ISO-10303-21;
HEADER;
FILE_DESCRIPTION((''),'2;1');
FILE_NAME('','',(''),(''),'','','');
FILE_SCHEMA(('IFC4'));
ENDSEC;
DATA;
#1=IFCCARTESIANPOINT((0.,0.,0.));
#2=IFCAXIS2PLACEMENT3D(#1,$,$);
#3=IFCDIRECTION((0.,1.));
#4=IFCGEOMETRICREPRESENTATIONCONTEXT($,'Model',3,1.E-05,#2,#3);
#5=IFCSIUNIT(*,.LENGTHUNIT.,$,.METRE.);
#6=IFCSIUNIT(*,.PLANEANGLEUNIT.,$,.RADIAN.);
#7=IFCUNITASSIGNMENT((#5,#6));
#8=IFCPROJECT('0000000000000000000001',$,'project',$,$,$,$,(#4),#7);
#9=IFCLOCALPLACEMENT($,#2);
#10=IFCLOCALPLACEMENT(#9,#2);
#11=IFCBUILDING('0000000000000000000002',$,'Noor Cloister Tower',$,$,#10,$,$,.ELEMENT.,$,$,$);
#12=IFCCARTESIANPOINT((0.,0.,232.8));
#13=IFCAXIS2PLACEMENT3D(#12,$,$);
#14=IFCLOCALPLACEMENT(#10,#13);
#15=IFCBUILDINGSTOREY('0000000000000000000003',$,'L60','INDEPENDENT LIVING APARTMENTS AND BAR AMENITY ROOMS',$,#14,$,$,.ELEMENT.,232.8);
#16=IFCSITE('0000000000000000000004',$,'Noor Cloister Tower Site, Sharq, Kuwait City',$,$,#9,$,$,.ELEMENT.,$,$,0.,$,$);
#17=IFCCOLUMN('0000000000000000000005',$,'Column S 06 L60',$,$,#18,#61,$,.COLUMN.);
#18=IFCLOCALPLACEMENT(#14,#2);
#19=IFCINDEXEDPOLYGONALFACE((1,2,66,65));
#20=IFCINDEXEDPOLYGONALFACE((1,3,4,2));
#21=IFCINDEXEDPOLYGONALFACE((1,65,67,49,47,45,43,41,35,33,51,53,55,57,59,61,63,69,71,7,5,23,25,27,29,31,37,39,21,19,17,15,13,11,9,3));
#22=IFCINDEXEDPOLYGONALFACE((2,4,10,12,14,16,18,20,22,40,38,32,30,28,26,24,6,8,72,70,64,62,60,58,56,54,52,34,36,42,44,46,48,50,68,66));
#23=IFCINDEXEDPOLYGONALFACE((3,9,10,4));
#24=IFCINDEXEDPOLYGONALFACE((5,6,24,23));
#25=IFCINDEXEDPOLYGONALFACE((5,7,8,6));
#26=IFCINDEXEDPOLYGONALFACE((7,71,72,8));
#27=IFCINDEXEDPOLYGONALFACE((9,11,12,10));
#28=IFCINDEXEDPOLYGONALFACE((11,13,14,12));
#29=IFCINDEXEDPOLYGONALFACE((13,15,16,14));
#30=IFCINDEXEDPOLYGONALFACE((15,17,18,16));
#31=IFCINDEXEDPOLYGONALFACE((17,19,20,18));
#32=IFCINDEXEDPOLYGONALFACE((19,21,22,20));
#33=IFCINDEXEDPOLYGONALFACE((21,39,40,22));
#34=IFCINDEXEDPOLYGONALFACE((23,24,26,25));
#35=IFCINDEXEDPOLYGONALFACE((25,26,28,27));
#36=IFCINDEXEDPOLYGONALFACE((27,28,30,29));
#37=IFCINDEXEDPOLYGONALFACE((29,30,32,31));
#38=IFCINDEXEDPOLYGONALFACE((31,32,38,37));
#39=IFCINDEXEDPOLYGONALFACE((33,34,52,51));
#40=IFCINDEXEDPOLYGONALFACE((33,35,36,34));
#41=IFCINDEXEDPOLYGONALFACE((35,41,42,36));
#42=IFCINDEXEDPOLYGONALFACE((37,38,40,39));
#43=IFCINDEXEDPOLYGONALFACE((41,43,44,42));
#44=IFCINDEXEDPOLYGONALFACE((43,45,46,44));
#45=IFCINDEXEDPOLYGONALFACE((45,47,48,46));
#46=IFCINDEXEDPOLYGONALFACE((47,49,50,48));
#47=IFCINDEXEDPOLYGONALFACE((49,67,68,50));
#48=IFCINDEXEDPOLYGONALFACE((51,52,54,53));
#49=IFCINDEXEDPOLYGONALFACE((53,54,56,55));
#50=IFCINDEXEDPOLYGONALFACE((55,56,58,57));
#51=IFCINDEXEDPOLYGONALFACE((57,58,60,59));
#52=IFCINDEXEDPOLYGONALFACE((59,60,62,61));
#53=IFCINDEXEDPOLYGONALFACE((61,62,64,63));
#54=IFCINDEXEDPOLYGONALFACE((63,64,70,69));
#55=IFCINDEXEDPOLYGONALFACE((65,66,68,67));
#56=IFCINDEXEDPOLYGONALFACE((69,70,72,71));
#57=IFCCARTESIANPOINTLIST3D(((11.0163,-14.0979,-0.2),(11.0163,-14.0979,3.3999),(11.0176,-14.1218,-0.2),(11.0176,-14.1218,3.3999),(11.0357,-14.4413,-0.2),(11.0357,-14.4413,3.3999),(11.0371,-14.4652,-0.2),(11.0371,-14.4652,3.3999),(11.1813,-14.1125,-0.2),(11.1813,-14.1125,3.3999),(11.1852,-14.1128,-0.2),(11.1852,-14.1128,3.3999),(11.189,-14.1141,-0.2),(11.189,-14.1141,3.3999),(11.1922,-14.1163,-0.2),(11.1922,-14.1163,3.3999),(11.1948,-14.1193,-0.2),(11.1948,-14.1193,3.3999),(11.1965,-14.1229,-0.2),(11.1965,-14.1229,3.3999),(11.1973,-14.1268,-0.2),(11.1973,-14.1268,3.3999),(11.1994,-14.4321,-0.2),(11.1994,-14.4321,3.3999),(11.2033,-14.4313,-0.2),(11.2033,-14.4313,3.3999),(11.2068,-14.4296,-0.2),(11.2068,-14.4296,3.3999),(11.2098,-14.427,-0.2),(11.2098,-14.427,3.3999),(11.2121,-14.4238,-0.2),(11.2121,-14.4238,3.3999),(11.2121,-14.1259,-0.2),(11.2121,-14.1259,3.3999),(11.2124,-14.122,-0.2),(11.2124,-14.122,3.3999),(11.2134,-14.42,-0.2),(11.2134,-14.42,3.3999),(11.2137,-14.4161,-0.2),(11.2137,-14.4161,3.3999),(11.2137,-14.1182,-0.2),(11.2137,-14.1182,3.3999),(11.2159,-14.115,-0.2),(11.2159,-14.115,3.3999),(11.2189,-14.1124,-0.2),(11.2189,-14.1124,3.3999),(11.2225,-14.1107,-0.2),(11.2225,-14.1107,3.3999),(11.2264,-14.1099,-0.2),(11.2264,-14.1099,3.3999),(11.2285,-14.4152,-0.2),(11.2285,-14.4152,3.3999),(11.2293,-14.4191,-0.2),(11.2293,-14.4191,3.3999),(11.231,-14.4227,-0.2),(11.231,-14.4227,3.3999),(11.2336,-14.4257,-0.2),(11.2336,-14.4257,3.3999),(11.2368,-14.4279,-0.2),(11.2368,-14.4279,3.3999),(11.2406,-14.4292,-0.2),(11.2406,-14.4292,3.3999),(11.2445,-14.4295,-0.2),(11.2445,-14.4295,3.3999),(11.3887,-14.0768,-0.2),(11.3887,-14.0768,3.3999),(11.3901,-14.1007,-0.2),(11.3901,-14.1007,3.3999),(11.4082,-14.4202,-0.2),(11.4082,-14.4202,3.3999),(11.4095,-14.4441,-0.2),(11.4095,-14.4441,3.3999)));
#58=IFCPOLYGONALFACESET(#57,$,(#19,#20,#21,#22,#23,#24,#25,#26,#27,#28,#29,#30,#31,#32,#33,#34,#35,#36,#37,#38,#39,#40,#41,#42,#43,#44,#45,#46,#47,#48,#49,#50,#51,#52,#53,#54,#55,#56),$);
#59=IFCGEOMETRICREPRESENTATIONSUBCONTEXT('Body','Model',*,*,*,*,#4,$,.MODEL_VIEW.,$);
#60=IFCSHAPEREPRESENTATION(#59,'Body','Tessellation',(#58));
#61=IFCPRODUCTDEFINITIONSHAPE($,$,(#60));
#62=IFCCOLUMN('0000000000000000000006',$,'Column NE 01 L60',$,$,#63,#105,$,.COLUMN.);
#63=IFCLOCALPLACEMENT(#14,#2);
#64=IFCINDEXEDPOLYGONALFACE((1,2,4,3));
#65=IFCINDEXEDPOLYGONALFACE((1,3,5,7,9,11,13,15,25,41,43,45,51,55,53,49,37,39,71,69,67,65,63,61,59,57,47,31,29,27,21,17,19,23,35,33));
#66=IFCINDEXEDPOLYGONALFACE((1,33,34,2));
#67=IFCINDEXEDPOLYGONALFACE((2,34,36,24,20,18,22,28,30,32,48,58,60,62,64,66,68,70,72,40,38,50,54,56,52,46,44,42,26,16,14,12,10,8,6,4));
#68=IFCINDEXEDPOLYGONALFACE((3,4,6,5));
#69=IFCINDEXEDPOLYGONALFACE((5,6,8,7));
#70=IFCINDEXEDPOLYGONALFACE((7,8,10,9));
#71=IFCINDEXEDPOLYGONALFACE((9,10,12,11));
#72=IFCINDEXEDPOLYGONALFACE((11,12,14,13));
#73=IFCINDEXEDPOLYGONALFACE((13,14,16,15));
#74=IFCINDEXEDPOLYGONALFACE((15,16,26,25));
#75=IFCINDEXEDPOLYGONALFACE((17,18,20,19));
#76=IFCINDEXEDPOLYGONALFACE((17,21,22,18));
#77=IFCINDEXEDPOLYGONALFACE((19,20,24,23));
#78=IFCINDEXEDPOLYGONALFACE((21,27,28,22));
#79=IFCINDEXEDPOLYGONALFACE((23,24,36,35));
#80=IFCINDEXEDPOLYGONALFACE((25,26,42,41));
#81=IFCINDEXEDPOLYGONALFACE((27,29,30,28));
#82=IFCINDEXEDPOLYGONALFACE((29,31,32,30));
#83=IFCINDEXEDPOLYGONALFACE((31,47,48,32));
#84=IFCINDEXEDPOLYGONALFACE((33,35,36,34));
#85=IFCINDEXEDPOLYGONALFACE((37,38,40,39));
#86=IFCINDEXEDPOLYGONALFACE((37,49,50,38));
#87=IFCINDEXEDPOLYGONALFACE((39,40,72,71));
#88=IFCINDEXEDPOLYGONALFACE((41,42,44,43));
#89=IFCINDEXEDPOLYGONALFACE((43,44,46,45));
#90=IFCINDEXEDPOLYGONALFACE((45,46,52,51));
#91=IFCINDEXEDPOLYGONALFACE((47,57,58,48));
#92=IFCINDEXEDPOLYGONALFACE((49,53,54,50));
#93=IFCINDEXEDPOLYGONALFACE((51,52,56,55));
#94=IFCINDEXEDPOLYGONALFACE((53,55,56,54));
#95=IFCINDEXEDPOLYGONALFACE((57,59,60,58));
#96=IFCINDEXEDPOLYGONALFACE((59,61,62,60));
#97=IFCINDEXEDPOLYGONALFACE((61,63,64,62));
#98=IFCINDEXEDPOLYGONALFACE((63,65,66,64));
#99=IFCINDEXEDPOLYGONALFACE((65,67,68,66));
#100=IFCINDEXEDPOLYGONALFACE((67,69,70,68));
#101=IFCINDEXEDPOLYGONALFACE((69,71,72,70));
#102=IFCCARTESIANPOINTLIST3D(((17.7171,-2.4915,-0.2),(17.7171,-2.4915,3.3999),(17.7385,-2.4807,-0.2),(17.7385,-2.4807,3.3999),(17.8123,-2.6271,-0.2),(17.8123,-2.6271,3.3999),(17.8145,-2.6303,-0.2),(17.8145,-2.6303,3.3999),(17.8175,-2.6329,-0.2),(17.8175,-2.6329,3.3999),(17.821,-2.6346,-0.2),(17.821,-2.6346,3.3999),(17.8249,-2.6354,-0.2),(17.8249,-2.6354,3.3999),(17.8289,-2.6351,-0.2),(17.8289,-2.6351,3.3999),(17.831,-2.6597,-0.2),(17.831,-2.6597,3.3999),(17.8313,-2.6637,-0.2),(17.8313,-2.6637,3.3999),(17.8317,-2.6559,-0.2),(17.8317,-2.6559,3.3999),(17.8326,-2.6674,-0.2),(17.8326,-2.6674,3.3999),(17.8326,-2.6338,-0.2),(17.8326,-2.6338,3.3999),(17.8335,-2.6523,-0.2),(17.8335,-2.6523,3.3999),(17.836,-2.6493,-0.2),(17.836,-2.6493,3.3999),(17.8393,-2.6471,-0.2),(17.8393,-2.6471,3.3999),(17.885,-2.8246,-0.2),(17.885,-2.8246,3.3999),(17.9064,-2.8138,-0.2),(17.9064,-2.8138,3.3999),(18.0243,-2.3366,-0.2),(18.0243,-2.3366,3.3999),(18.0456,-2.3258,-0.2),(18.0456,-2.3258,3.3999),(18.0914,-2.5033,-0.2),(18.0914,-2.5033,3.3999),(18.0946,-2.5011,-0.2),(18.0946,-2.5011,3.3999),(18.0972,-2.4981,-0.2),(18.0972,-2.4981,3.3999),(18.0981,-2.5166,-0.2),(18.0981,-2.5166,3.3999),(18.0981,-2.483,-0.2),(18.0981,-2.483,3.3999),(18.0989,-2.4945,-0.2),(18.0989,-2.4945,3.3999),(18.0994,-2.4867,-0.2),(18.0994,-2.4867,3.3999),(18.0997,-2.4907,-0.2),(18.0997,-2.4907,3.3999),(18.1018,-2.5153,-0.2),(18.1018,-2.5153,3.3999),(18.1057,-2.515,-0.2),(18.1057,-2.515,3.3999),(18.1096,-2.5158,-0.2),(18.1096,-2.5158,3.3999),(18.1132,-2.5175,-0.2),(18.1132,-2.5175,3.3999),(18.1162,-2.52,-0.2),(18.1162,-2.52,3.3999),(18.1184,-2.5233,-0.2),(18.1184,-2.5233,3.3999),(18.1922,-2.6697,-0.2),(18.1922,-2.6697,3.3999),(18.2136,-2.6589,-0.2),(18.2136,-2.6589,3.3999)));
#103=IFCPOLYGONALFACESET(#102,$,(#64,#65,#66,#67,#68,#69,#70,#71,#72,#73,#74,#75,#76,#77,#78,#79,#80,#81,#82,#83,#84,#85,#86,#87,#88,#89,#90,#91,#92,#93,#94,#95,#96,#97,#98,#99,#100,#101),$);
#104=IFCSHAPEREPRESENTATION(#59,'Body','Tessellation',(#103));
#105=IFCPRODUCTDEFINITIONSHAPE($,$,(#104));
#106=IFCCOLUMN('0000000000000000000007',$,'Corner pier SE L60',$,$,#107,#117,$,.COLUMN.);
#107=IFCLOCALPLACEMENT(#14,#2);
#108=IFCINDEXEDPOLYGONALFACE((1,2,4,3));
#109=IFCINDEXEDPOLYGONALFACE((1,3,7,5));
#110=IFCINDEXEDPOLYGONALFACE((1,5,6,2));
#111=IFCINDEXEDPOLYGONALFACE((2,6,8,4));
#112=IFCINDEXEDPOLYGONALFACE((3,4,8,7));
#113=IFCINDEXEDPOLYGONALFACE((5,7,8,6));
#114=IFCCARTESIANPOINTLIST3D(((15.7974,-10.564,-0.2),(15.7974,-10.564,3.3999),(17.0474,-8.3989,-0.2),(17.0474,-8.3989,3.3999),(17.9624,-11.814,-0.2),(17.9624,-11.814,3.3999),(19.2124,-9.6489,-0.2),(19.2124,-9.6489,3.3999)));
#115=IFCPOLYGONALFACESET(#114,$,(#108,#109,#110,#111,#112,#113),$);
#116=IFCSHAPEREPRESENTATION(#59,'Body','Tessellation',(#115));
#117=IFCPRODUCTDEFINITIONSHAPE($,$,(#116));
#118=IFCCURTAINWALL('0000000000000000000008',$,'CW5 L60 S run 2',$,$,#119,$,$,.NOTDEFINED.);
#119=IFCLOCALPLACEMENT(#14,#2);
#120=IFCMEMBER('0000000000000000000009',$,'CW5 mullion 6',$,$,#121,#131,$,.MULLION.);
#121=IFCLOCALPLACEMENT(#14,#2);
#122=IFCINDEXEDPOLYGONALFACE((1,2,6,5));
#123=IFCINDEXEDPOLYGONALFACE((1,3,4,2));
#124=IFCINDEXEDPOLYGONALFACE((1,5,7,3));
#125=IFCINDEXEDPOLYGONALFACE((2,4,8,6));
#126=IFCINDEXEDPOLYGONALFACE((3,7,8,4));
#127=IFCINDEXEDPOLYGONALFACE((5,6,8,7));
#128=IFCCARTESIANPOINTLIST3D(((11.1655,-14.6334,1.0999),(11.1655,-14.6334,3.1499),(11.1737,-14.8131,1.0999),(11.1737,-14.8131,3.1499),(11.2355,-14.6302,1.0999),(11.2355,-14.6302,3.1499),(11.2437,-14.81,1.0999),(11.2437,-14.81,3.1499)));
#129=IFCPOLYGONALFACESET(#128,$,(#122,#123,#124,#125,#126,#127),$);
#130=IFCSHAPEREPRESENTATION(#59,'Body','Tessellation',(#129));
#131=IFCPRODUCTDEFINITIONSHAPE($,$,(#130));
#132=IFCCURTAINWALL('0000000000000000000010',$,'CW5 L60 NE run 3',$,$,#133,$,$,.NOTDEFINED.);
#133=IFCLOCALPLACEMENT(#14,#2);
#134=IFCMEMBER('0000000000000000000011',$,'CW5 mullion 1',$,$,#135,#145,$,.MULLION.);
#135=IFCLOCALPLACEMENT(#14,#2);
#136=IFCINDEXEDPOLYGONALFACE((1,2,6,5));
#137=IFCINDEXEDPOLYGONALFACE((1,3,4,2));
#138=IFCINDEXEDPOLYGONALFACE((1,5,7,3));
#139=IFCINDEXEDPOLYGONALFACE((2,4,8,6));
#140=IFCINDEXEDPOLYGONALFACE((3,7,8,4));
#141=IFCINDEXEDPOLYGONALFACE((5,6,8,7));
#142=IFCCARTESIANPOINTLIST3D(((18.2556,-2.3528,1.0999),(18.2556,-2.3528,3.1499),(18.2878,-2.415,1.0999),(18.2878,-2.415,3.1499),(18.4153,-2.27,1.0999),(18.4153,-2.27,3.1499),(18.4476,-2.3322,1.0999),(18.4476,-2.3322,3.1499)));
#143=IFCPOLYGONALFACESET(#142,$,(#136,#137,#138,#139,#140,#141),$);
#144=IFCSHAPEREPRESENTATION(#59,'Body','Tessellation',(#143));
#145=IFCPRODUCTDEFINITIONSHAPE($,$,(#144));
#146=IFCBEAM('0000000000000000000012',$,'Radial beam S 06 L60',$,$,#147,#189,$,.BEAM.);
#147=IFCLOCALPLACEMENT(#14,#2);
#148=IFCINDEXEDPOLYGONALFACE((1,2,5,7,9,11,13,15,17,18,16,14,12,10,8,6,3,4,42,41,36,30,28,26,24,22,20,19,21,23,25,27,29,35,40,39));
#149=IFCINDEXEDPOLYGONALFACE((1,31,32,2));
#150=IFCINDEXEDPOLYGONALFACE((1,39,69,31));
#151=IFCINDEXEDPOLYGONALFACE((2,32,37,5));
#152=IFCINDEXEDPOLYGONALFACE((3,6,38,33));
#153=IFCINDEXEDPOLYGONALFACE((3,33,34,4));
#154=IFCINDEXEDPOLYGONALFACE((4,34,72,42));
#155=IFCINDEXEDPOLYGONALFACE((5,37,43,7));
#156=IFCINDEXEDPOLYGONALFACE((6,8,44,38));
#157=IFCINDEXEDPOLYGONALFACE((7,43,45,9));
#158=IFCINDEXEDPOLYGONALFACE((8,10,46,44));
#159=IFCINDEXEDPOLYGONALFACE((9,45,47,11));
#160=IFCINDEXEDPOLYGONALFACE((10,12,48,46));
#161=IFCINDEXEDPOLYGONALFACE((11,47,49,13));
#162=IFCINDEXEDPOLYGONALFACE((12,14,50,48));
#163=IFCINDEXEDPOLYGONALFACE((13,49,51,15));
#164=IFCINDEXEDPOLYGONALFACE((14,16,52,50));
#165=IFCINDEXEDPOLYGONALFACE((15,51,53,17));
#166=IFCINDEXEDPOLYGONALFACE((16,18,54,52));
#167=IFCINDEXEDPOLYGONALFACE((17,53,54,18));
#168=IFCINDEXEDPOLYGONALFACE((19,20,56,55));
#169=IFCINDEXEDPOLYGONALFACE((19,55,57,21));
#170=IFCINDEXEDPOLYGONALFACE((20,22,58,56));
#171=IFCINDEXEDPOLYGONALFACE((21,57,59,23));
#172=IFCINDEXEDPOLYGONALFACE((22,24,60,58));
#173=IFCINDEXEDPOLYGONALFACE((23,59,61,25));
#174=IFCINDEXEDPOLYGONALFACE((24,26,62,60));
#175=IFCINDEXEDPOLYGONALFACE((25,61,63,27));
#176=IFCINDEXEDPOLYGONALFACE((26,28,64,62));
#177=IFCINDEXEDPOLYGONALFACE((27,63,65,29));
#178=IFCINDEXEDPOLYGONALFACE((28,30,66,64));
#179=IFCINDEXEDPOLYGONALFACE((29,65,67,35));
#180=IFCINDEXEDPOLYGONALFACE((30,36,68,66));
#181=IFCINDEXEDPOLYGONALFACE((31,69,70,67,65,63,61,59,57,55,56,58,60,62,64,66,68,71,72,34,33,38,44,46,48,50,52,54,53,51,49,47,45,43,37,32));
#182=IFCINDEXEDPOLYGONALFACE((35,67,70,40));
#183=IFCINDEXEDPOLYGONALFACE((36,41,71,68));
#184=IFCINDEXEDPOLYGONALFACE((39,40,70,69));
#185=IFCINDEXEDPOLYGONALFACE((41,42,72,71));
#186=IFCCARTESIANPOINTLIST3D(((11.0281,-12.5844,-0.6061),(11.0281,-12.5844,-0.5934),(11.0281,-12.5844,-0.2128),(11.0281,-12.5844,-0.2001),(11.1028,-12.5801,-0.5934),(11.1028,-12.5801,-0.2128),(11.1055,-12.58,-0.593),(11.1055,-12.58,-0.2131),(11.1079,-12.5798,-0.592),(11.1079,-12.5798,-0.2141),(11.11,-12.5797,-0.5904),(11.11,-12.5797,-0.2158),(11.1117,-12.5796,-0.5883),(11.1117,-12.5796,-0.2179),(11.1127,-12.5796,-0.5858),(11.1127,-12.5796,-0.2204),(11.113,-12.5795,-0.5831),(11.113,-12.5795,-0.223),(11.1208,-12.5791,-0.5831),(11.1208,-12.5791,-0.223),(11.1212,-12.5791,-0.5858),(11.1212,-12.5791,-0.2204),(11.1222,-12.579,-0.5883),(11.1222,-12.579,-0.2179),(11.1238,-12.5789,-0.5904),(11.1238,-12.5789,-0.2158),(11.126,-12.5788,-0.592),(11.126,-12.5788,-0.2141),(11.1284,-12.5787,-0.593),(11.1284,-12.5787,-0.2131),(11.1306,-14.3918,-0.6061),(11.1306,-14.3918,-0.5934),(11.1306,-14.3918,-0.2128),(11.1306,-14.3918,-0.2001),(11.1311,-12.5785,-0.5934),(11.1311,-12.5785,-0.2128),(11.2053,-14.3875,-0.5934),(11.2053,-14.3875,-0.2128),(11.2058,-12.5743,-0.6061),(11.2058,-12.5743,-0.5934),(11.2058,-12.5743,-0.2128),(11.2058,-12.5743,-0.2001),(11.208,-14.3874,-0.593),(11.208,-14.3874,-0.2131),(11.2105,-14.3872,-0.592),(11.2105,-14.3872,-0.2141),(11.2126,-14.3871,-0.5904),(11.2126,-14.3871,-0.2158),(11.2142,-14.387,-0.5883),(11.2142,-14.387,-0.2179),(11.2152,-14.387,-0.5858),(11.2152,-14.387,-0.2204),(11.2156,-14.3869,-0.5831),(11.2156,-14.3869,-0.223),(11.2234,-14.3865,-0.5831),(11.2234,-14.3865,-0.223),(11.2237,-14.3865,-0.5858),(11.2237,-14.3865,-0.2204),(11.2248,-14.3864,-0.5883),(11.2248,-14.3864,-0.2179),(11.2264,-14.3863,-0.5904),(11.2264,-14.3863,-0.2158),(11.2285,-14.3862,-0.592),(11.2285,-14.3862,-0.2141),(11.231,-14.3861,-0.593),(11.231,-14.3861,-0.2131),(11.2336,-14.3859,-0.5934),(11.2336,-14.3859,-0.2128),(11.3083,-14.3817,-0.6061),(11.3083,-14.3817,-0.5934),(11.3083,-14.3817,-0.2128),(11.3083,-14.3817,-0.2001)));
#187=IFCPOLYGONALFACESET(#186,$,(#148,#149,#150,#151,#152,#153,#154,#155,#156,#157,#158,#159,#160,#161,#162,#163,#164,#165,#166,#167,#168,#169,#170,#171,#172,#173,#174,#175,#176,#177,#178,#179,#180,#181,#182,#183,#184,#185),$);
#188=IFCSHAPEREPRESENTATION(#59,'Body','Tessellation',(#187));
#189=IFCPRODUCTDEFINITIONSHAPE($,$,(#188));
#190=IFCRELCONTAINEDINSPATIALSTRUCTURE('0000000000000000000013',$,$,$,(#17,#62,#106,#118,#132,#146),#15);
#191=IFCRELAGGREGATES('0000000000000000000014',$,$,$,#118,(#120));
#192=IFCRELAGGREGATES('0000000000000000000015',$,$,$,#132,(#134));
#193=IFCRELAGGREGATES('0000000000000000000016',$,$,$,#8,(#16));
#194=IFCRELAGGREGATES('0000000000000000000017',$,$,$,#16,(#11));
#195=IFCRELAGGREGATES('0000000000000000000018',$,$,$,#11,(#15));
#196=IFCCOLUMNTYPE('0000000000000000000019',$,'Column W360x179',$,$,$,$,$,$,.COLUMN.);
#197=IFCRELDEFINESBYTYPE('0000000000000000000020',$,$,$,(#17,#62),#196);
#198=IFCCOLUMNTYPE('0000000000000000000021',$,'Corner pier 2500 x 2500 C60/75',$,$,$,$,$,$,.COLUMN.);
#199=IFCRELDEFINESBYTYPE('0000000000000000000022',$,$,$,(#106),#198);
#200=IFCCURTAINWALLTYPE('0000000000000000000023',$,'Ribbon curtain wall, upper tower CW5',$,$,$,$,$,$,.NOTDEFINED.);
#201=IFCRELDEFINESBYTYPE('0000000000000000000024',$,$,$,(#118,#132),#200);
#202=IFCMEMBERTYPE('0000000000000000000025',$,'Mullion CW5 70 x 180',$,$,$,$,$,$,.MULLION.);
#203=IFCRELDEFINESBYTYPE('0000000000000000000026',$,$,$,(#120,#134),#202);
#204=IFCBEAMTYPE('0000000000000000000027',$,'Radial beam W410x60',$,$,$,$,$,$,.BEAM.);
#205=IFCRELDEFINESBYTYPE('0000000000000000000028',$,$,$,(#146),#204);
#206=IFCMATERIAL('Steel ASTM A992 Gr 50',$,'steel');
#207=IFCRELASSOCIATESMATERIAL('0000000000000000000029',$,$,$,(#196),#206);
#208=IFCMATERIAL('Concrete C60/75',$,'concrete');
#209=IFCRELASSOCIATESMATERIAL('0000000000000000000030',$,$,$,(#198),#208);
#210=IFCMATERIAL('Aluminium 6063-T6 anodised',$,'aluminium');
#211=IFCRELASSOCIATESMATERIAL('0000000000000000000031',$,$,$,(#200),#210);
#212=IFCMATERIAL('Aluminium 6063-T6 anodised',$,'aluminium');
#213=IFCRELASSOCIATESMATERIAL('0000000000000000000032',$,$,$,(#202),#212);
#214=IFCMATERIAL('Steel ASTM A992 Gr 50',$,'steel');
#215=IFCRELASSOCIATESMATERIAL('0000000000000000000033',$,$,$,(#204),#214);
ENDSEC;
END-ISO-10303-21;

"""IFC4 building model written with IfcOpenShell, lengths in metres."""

from ifc_helpers import new_model, si_unit, direction, frame, origin, origin_2d, place, context, subcontext, project, spatial, rectangle, i_section, extrude, material, material_profile, profile_set, type_object, element, aggregate, save


model = new_model("IFC4")

# Units and contexts
model_context = context("Model", 3, precision=1e-05, world=origin(), true_north=direction((0.0, 1.0)))
body_context = subcontext(model_context, "Body", "Model", "MODEL_VIEW")
ifc_project = project(units=[si_unit("LENGTHUNIT", "METRE"), si_unit("PLANEANGLEUNIT", "RADIAN")], contexts=[model_context])

# Site, building, storey
site_placement = place(None, origin())
site = spatial("IfcSite", under=ifc_project, at=site_placement, Name="Noor Cloister Tower Site, Sharq, Kuwait City", CompositionType="ELEMENT", RefElevation=0.0)
building_placement = place(site_placement, origin())
building = spatial("IfcBuilding", under=site, at=building_placement, Name="Noor Cloister Tower", CompositionType="ELEMENT")
storey_placement = place(building_placement, frame((0.0, 0.0, 232.8)))
storey = spatial("IfcBuildingStorey", under=building, at=storey_placement, Name="L60", Description="INDEPENDENT LIVING APARTMENTS AND BAR AMENITY ROOMS", CompositionType="ELEMENT", Elevation=232.8)

# Columns
ifc_material_1 = material(Name="Steel ASTM A992 Gr 50", Category="steel")
ifc_material_profile_1 = material_profile(ifc_material_1, i_section(OverallWidth=0.373, OverallDepth=0.3679, WebThickness=0.0149, FlangeThickness=0.0239, FilletRadius=0.0151, at=origin_2d()), Name="W360x179")
ifc_profile_set_1 = profile_set([ifc_material_profile_1], Name="Steel ASTM A992 Gr 50")
column_type_1 = type_object("IfcColumnType", Name="Column W360x179", PredefinedType="COLUMN", material=ifc_profile_set_1)
for number, where, z_axis, x_axis, name in (
    (1, (11.2129, -14.271, -0.2), (0.0, 0.0, 1.0), (0.998397, 0.056596, 0.0), "Column S 06 L60"),
    (2, (17.9653, -2.5752, -0.2), (0.0, 0.0, 1.0), (-0.450185, 0.892935, 0.0), "Column NE 01 L60"),
):
    element("IfcColumn", number, at=place(storey_placement, frame(where, z_axis=z_axis, x_axis=x_axis)), inside=storey, type_object=column_type_1, Name=name, PredefinedType="COLUMN", context=body_context, shape_type="SweptSolid", body=[
        extrude(i_section(OverallWidth=0.373, OverallDepth=0.3679, WebThickness=0.0149, FlangeThickness=0.0239, FilletRadius=0.0151, at=origin_2d()), origin(), (0.0, 0.0, 1.0), 3.5999),
    ])
ifc_material_2 = material(Name="Concrete C60/75", Category="concrete")
ifc_material_profile_2 = material_profile(ifc_material_2, rectangle(XDim=2.5, YDim=2.5, at=origin_2d()), Name="RC 2500x2500")
ifc_profile_set_2 = profile_set([ifc_material_profile_2], Name="Concrete C60/75")
column_type_2 = type_object("IfcColumnType", Name="Corner pier 2500 x 2500 C60/75", PredefinedType="COLUMN", material=ifc_profile_set_2)
column_placement = place(storey_placement, frame((17.5049, -10.1064, -0.2), z_axis=(0.0, 0.0, 1.0), x_axis=(0.866025, -0.5, 0.0)))
element("IfcColumn", 3, at=column_placement, inside=storey, type_object=column_type_2, Name="Corner pier SE L60", PredefinedType="COLUMN", context=body_context, shape_type="SweptSolid", body=[
    extrude(rectangle(XDim=2.5, YDim=2.5, at=origin_2d()), origin(), (0.0, 0.0, 1.0), 3.5999),
])

# Curtain walls, members
ifc_material_3 = material(Name="Aluminium 6063-T6 anodised", Category="aluminium")
curtain_wall_type = type_object("IfcCurtainWallType", Name="Ribbon curtain wall, upper tower CW5", PredefinedType="NOTDEFINED", material=ifc_material_3)
curtain_wall_1_placement = place(storey_placement, origin())
curtain_wall_1 = element("IfcCurtainWall", 4, at=curtain_wall_1_placement, inside=storey, type_object=curtain_wall_type, Name="CW5 L60 S run 2", PredefinedType="NOTDEFINED")
ifc_material_4 = material(Name="Aluminium 6063-T6 anodised", Category="aluminium")
ifc_material_profile_3 = material_profile(ifc_material_4, rectangle(XDim=0.1799, YDim=0.0701, at=origin_2d()), Name="180 x 70 mullion")
ifc_profile_set_3 = profile_set([ifc_material_profile_3], Name="Aluminium 6063-T6 anodised")
member_type = type_object("IfcMemberType", Name="Mullion CW5 70 x 180", PredefinedType="MULLION", material=ifc_profile_set_3)
member_1_placement = place(storey_placement, frame((11.2046, -14.7217, 1.0999), z_axis=(0.0, 0.0, 1.0), x_axis=(-0.045286, 0.998974, 0.0)))
member_1 = element("IfcMember", 5, at=member_1_placement, type_object=member_type, Name="CW5 mullion 6", PredefinedType="MULLION", context=body_context, shape_type="SweptSolid", body=[
    extrude(rectangle(XDim=0.1799, YDim=0.0701, at=origin_2d()), origin(), (0.0, 0.0, 1.0), 2.05),
])
curtain_wall_2_placement = place(storey_placement, origin())
curtain_wall_2 = element("IfcCurtainWall", 6, at=curtain_wall_2_placement, inside=storey, type_object=curtain_wall_type, Name="CW5 L60 NE run 3", PredefinedType="NOTDEFINED")
member_2_placement = place(storey_placement, frame((18.3516, -2.3425, 1.0999), z_axis=(0.0, 0.0, 1.0), x_axis=(-0.88778, -0.460269, 0.0)))
member_2 = element("IfcMember", 7, at=member_2_placement, type_object=member_type, Name="CW5 mullion 1", PredefinedType="MULLION", context=body_context, shape_type="SweptSolid", body=[
    extrude(rectangle(XDim=0.1799, YDim=0.0701, at=origin_2d()), origin(), (0.0, 0.0, 1.0), 2.05),
])

# Beam
ifc_material_5 = material(Name="Steel ASTM A992 Gr 50", Category="steel")
ifc_material_profile_4 = material_profile(ifc_material_5, i_section(OverallWidth=0.178, OverallDepth=0.406, WebThickness=0.0078, FlangeThickness=0.0127, FilletRadius=0.0103, at=origin_2d()), Name="W410x60")
ifc_profile_set_4 = profile_set([ifc_material_profile_4], Name="Steel ASTM A992 Gr 50")
beam_type_1 = type_object("IfcBeamType", Name="Radial beam W410x60", PredefinedType="BEAM", material=ifc_profile_set_4)
beam_1_placement = place(storey_placement, frame((11.2195, -14.3867, -0.4031), z_axis=(-0.056643, 0.998395, 0.0), x_axis=(-0.998395, -0.056643, 0.0)))
element("IfcBeam", 8, at=beam_1_placement, inside=storey, type_object=beam_type_1, Name="Radial beam S 06 L60", PredefinedType="BEAM", context=body_context, shape_type="SweptSolid", body=[
    extrude(i_section(OverallWidth=0.178, OverallDepth=0.406, WebThickness=0.0078, FlangeThickness=0.0127, FilletRadius=0.0103, at=origin_2d()), origin(), (0.0, 0.0, 1.0), 1.8103),
])

aggregate(curtain_wall_1, [member_1])
aggregate(curtain_wall_2, [member_2])

save(model, "model.ifc")
